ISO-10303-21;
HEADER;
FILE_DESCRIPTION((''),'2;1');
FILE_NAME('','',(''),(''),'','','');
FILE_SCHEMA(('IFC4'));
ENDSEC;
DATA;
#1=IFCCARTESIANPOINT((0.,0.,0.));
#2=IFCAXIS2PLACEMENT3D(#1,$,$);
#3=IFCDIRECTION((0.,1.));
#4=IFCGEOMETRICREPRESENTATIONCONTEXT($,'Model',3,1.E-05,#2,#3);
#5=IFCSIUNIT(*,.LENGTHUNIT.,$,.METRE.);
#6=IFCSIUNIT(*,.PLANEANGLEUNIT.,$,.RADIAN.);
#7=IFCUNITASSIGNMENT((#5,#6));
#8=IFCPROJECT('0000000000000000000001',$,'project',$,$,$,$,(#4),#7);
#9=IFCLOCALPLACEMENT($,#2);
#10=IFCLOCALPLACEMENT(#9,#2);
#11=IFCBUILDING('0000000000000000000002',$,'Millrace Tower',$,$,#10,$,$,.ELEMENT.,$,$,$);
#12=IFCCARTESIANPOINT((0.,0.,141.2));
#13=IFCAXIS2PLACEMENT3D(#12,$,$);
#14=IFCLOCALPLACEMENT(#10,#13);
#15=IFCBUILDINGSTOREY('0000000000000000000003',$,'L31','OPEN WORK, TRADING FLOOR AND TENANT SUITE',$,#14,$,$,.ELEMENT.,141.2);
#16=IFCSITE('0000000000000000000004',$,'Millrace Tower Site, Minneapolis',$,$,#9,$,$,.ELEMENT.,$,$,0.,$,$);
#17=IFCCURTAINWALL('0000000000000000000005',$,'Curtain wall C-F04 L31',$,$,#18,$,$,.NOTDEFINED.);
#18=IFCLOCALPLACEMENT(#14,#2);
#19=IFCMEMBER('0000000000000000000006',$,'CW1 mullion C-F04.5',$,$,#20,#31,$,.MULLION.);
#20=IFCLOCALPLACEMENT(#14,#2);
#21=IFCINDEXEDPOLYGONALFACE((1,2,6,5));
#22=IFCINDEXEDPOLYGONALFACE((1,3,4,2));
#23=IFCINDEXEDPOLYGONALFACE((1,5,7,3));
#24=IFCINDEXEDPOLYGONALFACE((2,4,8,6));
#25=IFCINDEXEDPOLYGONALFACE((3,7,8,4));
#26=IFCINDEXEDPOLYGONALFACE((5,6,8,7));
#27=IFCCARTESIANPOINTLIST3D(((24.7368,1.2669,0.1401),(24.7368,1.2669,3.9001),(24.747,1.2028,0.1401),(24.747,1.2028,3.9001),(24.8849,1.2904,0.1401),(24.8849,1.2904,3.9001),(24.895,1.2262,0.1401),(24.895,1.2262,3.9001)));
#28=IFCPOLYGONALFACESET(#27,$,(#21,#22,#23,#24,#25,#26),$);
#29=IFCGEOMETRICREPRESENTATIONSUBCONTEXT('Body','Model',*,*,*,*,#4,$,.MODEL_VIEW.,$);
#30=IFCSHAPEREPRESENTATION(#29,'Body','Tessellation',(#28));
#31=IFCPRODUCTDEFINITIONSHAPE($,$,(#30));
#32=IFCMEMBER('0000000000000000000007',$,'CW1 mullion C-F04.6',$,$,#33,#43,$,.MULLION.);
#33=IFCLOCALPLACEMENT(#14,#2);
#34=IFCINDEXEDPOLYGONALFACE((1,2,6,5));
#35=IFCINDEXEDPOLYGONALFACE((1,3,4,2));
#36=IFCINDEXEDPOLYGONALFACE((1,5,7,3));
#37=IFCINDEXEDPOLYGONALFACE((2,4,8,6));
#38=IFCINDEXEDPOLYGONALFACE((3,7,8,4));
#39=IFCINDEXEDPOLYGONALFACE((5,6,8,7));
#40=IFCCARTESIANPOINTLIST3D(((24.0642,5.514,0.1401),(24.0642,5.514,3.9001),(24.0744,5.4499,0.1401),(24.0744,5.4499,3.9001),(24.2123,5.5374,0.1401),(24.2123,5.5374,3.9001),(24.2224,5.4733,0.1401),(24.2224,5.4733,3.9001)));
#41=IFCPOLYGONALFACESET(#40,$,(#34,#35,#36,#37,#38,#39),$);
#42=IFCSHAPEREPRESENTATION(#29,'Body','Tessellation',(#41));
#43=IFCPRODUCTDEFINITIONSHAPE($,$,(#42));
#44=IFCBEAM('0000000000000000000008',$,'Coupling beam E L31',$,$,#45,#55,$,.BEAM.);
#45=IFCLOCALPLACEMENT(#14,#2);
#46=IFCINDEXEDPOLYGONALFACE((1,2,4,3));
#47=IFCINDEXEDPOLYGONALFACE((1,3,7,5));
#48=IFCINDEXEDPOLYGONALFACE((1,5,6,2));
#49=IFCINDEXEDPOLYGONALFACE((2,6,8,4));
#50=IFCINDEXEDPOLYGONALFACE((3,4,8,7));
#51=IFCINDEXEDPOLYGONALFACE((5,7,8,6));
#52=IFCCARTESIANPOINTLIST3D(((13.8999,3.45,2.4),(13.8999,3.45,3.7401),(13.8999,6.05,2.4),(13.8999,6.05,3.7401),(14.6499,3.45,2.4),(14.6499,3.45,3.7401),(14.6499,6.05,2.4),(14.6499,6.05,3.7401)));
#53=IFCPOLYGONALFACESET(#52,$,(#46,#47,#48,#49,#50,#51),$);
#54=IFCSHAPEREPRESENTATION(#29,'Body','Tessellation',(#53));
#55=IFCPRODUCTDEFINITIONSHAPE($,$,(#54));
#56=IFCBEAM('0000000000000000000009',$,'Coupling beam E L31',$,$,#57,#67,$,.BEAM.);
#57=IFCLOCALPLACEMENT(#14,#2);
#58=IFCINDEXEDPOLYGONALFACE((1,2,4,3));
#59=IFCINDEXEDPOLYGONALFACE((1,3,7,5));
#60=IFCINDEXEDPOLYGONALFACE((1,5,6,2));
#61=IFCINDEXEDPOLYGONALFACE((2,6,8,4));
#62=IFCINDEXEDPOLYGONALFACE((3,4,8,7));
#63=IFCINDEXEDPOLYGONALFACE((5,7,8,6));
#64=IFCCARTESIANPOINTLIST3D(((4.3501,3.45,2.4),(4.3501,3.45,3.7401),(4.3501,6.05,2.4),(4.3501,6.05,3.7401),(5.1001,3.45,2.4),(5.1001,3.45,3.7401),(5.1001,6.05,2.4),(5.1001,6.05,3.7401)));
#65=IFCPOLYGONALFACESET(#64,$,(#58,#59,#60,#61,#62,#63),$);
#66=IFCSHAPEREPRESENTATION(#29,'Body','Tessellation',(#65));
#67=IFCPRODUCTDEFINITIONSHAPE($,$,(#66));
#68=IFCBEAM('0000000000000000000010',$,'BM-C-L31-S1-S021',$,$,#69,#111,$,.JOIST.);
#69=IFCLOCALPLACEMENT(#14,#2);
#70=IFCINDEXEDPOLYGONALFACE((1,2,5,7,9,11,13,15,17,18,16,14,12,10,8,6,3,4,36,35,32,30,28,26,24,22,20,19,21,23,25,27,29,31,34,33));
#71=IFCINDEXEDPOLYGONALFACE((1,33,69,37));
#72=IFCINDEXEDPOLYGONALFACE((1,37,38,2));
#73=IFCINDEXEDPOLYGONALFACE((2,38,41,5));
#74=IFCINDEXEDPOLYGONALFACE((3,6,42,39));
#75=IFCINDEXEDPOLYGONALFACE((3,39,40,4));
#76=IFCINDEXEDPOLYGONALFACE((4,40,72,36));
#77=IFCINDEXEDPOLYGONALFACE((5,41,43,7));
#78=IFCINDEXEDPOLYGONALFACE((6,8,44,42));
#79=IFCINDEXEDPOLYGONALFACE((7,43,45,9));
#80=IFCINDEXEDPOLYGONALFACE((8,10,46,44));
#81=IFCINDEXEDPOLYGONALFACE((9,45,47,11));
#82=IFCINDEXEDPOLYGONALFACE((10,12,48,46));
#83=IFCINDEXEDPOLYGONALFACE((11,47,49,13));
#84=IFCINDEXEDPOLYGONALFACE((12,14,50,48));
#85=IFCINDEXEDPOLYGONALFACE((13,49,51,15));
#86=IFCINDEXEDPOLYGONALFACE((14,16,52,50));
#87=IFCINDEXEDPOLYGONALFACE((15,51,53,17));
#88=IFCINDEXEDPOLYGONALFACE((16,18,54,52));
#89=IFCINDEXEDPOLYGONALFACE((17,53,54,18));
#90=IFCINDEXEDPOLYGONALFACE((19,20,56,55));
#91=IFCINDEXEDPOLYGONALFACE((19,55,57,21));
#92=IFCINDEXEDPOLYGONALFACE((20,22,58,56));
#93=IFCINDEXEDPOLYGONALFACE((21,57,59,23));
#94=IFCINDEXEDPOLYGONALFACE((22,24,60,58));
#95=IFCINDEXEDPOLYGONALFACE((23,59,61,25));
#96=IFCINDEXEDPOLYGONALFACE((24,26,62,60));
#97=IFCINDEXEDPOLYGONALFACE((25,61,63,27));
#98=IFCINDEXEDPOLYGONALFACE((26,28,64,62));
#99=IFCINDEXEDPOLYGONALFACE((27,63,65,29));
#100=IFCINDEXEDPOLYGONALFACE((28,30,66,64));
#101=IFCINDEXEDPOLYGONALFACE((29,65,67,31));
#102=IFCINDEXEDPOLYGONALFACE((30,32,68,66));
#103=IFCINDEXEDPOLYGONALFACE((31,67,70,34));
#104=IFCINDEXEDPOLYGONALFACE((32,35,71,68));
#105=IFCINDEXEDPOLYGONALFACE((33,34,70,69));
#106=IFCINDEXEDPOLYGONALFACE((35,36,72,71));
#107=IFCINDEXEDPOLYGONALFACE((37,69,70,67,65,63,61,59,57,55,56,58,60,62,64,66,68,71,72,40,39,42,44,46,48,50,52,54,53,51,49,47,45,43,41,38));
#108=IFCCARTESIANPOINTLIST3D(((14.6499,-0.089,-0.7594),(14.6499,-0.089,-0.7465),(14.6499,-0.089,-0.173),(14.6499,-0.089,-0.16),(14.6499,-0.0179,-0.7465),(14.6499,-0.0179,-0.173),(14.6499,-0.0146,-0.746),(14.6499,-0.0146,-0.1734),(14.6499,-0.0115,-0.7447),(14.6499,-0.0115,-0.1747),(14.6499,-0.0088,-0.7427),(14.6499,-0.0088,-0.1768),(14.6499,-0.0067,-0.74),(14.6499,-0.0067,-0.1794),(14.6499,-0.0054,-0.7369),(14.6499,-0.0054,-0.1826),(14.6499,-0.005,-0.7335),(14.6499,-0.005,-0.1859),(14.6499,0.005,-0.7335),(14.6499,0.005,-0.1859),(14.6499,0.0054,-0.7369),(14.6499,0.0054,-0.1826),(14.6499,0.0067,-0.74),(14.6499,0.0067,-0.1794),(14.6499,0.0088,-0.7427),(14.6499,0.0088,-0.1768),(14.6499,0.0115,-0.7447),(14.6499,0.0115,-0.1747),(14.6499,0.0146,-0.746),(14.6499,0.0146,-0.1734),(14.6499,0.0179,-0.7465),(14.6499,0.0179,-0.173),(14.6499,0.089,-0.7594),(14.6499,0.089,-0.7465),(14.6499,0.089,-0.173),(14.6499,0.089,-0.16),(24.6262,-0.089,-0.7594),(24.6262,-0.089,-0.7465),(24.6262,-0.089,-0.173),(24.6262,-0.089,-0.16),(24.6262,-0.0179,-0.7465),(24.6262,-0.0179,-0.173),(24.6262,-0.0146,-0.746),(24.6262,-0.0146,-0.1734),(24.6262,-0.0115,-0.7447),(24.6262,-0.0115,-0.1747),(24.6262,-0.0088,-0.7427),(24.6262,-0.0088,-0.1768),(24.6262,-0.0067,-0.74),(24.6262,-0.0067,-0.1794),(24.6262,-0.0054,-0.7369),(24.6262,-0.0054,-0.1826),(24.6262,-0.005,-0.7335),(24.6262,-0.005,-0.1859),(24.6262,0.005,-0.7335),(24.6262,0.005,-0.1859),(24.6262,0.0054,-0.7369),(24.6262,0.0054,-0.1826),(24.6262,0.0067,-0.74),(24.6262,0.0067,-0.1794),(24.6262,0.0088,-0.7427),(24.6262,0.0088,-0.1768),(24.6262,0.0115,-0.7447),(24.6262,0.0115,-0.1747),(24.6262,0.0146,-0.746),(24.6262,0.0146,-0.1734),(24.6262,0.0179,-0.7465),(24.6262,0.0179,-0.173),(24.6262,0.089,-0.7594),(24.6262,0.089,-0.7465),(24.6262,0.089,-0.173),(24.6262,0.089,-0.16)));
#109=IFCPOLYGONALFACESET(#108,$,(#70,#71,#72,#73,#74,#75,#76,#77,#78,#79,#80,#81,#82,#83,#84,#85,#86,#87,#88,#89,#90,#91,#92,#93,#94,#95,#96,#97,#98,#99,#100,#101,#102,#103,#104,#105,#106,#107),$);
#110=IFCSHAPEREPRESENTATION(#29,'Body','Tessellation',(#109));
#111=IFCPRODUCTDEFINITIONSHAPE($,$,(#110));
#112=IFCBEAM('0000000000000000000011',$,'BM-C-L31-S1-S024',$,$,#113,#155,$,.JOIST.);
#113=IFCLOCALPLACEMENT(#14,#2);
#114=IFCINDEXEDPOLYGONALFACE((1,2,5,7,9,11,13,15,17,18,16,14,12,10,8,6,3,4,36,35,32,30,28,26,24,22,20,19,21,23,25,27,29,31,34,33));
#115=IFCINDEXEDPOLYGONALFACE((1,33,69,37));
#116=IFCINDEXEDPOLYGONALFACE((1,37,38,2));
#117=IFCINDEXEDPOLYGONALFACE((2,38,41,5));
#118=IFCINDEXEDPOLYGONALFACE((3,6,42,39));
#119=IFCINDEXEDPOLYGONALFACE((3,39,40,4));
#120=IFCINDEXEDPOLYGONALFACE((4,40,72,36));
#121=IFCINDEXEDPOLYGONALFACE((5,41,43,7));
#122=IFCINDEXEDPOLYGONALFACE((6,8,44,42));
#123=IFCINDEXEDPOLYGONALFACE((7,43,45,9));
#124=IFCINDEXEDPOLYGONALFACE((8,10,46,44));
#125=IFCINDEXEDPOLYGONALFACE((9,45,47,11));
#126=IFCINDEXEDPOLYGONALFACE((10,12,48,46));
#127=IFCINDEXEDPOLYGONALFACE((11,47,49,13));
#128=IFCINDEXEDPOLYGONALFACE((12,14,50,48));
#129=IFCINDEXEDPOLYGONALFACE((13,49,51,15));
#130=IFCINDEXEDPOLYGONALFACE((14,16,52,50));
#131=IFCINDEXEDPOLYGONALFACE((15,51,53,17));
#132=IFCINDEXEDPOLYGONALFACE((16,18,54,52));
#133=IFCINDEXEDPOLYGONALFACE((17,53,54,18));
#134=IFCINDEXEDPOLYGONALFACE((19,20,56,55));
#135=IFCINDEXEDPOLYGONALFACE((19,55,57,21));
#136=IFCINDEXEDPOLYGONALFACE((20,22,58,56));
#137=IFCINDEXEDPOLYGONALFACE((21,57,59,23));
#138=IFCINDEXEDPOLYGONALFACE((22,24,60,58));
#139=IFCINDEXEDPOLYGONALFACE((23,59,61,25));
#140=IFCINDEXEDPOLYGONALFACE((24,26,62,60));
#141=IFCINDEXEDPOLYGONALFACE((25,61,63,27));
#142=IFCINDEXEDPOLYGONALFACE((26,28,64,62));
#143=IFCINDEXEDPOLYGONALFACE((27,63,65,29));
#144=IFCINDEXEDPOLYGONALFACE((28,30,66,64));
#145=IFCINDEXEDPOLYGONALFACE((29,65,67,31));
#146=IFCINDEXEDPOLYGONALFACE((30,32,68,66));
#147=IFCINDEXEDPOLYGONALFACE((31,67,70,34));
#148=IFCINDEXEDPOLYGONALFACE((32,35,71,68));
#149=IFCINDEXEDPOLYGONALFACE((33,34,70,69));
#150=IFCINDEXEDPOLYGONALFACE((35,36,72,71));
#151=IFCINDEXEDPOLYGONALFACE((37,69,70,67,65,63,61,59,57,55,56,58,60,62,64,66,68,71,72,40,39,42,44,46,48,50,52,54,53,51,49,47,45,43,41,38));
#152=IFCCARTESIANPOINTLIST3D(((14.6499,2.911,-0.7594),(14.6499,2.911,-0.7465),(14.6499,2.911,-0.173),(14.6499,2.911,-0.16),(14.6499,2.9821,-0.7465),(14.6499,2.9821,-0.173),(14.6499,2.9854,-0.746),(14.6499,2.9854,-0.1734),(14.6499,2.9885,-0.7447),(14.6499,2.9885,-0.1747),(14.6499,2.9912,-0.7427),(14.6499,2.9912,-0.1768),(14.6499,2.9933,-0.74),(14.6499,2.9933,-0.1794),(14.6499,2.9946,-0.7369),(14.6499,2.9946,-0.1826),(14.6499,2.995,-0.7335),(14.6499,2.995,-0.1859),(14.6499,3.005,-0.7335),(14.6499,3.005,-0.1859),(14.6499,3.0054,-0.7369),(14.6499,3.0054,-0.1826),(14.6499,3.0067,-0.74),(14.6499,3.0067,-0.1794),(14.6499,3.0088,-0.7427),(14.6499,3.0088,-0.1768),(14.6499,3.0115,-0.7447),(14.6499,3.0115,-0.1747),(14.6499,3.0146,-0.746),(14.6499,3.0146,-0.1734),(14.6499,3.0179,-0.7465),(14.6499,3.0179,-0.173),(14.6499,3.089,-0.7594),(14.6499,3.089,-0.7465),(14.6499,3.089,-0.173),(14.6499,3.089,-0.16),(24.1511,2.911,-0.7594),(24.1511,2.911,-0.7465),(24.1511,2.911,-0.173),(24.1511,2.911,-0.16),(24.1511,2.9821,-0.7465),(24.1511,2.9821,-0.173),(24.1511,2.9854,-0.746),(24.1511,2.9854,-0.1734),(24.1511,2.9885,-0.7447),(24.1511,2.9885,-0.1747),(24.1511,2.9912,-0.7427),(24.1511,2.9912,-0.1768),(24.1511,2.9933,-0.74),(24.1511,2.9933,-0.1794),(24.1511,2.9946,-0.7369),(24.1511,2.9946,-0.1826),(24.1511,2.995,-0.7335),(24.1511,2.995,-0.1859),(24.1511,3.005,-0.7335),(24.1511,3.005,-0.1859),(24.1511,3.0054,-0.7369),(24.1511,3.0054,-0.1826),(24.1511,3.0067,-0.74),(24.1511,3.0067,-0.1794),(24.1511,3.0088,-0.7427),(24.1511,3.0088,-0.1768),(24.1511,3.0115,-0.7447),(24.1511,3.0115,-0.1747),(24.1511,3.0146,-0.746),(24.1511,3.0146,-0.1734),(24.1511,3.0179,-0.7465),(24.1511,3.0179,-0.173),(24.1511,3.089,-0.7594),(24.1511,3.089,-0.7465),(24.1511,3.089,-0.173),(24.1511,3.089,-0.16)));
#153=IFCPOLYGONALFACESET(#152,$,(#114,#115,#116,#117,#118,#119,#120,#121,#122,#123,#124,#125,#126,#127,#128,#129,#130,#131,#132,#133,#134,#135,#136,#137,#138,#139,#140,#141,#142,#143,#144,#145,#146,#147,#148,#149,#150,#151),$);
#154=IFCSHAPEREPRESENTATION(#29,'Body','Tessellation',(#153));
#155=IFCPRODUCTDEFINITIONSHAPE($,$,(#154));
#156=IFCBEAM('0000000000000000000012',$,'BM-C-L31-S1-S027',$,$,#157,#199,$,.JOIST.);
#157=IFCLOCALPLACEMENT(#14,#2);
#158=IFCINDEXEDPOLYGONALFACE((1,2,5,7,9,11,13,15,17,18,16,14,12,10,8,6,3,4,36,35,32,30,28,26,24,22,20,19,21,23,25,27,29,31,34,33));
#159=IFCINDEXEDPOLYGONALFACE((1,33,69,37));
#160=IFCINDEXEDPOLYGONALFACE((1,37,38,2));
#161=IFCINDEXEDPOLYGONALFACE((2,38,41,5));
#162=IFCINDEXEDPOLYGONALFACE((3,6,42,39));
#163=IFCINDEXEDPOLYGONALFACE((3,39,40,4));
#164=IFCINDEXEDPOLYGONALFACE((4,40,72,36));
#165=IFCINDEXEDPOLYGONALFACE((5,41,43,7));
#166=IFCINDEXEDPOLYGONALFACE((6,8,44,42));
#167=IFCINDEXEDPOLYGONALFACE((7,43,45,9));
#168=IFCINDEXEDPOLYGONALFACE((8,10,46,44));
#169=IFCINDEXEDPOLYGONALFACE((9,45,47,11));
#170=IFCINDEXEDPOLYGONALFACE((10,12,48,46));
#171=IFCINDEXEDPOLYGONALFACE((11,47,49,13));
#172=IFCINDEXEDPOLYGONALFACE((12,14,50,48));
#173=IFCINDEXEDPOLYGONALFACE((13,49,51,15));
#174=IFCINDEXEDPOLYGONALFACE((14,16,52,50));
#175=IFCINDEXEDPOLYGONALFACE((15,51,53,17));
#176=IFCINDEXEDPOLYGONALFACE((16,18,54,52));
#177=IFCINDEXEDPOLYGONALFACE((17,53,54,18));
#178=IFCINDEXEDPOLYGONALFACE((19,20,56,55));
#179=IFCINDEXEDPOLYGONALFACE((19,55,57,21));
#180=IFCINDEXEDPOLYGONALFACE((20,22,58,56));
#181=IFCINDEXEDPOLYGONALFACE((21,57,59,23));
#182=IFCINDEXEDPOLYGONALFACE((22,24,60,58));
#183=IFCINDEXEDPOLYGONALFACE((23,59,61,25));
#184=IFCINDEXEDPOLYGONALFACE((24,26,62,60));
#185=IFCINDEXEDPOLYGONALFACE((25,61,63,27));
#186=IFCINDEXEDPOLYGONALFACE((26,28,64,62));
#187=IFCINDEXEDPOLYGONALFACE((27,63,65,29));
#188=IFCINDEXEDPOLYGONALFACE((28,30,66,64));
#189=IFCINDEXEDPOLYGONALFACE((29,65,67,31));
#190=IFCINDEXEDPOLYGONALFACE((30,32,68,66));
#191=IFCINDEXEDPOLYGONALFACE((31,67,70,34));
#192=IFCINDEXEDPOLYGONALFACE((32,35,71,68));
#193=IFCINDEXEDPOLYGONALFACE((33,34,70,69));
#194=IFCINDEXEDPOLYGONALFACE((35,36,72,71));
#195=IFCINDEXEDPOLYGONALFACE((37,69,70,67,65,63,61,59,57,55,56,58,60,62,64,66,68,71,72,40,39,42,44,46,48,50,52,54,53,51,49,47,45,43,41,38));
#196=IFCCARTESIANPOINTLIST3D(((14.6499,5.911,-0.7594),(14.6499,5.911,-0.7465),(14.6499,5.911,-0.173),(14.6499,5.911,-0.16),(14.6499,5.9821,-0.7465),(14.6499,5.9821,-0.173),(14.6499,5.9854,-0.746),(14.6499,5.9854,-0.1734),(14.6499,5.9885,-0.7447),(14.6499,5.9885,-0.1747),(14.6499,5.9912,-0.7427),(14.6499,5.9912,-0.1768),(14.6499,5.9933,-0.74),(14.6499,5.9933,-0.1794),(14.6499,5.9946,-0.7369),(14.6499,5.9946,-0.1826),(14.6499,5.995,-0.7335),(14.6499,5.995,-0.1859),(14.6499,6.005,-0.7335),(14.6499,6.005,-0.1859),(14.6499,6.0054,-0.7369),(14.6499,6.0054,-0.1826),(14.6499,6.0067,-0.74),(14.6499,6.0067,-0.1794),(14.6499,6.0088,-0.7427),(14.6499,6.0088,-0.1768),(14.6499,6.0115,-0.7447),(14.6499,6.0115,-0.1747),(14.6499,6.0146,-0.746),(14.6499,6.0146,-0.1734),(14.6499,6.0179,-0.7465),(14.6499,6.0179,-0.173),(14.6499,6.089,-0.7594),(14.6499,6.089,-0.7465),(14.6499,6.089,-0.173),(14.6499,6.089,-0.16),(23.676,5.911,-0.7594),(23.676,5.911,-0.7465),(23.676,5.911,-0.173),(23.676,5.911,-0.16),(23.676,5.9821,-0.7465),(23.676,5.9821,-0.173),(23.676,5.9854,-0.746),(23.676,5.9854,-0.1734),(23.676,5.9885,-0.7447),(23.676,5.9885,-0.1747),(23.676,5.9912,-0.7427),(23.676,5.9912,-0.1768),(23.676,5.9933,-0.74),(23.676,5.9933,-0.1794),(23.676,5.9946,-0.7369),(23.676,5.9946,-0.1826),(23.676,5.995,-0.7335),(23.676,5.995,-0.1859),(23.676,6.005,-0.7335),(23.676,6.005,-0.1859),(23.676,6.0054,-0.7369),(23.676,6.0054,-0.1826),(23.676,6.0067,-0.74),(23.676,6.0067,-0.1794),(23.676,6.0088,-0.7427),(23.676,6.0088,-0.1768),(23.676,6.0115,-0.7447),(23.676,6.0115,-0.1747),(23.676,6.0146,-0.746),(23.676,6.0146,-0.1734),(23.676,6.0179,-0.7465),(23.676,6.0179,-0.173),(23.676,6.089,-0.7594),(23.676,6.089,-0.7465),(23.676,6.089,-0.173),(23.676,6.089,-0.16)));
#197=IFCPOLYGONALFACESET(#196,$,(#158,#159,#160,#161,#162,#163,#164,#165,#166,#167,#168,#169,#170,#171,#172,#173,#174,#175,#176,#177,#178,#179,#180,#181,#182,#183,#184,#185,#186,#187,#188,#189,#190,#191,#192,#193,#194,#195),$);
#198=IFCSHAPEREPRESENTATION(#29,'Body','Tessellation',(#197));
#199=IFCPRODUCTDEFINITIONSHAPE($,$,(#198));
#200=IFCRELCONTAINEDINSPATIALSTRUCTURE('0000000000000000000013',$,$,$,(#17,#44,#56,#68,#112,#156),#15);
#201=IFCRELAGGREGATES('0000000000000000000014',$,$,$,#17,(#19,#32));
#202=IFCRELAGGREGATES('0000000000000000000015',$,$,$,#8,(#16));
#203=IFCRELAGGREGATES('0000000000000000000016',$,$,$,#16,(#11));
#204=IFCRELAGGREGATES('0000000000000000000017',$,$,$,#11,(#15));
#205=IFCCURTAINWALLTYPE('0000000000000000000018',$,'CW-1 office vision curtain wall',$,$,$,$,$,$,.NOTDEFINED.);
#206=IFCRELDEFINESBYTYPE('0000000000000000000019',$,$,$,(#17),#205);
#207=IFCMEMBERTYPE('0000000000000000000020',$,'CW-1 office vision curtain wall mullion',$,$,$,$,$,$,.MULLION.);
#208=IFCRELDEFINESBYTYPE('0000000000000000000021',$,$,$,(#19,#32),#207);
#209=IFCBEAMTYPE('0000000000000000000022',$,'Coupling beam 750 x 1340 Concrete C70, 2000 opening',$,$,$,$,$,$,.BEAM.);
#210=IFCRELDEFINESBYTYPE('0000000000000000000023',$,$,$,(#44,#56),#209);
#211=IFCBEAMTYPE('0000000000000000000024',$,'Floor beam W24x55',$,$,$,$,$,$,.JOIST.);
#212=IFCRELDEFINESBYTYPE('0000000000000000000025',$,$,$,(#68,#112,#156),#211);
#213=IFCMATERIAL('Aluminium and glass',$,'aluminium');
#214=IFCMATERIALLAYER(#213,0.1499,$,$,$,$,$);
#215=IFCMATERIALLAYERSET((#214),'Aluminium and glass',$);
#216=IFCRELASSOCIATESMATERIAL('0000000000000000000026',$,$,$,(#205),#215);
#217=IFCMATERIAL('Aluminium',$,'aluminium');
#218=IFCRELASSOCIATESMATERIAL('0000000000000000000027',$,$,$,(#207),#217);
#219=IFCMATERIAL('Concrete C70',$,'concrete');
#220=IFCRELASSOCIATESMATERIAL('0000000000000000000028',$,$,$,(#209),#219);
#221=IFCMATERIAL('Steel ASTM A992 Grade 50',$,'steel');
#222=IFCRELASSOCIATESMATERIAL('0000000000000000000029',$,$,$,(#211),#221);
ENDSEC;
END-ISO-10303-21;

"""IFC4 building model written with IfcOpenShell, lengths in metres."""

from ifc_helpers import new_model, si_unit, direction, frame, origin, origin_2d, place, context, subcontext, project, spatial, rectangle, i_section, extrude, material, layer, layer_set, material_profile, profile_set, type_object, element, aggregate, save


model = new_model("IFC4")

# Units and contexts
model_context = context("Model", 3, precision=1e-05, world=origin(), true_north=direction((0.0, 1.0)))
body_context = subcontext(model_context, "Body", "Model", "MODEL_VIEW")
ifc_project = project(units=[si_unit("LENGTHUNIT", "METRE"), si_unit("PLANEANGLEUNIT", "RADIAN")], contexts=[model_context])

# Site, building, storey
site_placement = place(None, origin())
site = spatial("IfcSite", under=ifc_project, at=site_placement, Name="Millrace Tower Site, Minneapolis", CompositionType="ELEMENT", RefElevation=0.0)
building_placement = place(site_placement, origin())
building = spatial("IfcBuilding", under=site, at=building_placement, Name="Millrace Tower", CompositionType="ELEMENT")
storey_placement = place(building_placement, frame((0.0, 0.0, 141.2)))
storey = spatial("IfcBuildingStorey", under=building, at=storey_placement, Name="L31", Description="OPEN WORK, TRADING FLOOR AND TENANT SUITE", CompositionType="ELEMENT", Elevation=141.2)

# Curtain wall, members
ifc_material_1 = material(Name="Aluminium and glass", Category="aluminium")
ifc_layer_1 = layer(ifc_material_1, 0.1499)
ifc_layer_set_1 = layer_set([ifc_layer_1], Name="Aluminium and glass")
curtain_wall_type = type_object("IfcCurtainWallType", Name="CW-1 office vision curtain wall", PredefinedType="NOTDEFINED", material=ifc_layer_set_1)
curtain_wall_placement = place(storey_placement, origin())
curtain_wall = element("IfcCurtainWall", 1, at=curtain_wall_placement, inside=storey, type_object=curtain_wall_type, Name="Curtain wall C-F04 L31", PredefinedType="NOTDEFINED")
ifc_material_2 = material(Name="Aluminium", Category="aluminium")
ifc_material_profile_1 = material_profile(ifc_material_2, rectangle(XDim=0.0649, YDim=0.1499, at=origin_2d()))
ifc_profile_set_1 = profile_set([ifc_material_profile_1], Name="Aluminium")
member_type = type_object("IfcMemberType", Name="CW-1 office vision curtain wall mullion", PredefinedType="MULLION", material=ifc_profile_set_1)
member_1_placement = place(storey_placement, frame((24.8159, 1.2466, 0.1401), z_axis=(0.0, 0.0, 1.0), x_axis=(-0.156434, 0.987688, 0.0)))
member_1 = element("IfcMember", 2, at=member_1_placement, type_object=member_type, Name="CW1 mullion C-F04.5", PredefinedType="MULLION", context=body_context, shape_type="SweptSolid", body=[
    extrude(rectangle(XDim=0.0649, YDim=0.1499, at=origin_2d()), origin(), (0.0, 0.0, 1.0), 3.76),
])
member_2_placement = place(storey_placement, frame((24.1433, 5.4937, 0.1401), z_axis=(0.0, 0.0, 1.0), x_axis=(-0.156434, 0.987688, 0.0)))
member_2 = element("IfcMember", 3, at=member_2_placement, type_object=member_type, Name="CW1 mullion C-F04.6", PredefinedType="MULLION", context=body_context, shape_type="SweptSolid", body=[
    extrude(rectangle(XDim=0.0649, YDim=0.1499, at=origin_2d()), origin(), (0.0, 0.0, 1.0), 3.76),
])
aggregate(curtain_wall, [member_1, member_2])

# Beams
ifc_material_3 = material(Name="Concrete C70", Category="concrete")
ifc_material_profile_2 = material_profile(ifc_material_3, rectangle(XDim=0.75, YDim=1.3401, at=origin_2d()))
ifc_profile_set_2 = profile_set([ifc_material_profile_2], Name="Concrete C70")
beam_type_1 = type_object("IfcBeamType", Name="Coupling beam 750 x 1340 Concrete C70, 2000 opening", PredefinedType="BEAM", material=ifc_profile_set_2)
for number, where, z_axis, x_axis, name in (
    (4, (14.2749, 6.05, 3.0701), (0.0, -1.0, 0.0), (1.0, 0.0, 0.0), "Coupling beam E L31"),
    (5, (4.7251, 6.05, 3.0701), (0.0, -1.0, 0.0), (1.0, 0.0, 0.0), "Coupling beam E L31"),
):
    element("IfcBeam", number, at=place(storey_placement, frame(where, z_axis=z_axis, x_axis=x_axis)), inside=storey, type_object=beam_type_1, Name=name, PredefinedType="BEAM", context=body_context, shape_type="SweptSolid", body=[
        extrude(rectangle(XDim=0.75, YDim=1.3401, at=origin_2d()), origin(), (0.0, 0.0, 1.0), 2.6001),
    ])
ifc_material_4 = material(Name="Steel ASTM A992 Grade 50", Category="steel")
ifc_material_profile_3 = material_profile(ifc_material_4, i_section(OverallWidth=0.178, OverallDepth=0.5994, WebThickness=0.01, FlangeThickness=0.0129, FilletRadius=0.0129, at=origin_2d()))
ifc_profile_set_3 = profile_set([ifc_material_profile_3], Name="Steel ASTM A992 Grade 50")
beam_type_2 = type_object("IfcBeamType", Name="Floor beam W24x55", PredefinedType="JOIST", material=ifc_profile_set_3)
beam_1_placement = place(storey_placement, frame((14.6499, 0.0, -0.4597), z_axis=(1.0, 0.0, 0.0), x_axis=(0.0, 1.0, 0.0)))
element("IfcBeam", 6, at=beam_1_placement, inside=storey, type_object=beam_type_2, Name="BM-C-L31-S1-S021", PredefinedType="JOIST", context=body_context, shape_type="SweptSolid", body=[
    extrude(i_section(OverallWidth=0.178, OverallDepth=0.5994, WebThickness=0.01, FlangeThickness=0.0129, FilletRadius=0.0129, at=origin_2d()), origin(), (0.0, 0.0, 1.0), 9.9763),
])
beam_2_placement = place(storey_placement, frame((14.6499, 3.0, -0.4597), z_axis=(1.0, 0.0, 0.0), x_axis=(0.0, 1.0, 0.0)))
element("IfcBeam", 7, at=beam_2_placement, inside=storey, type_object=beam_type_2, Name="BM-C-L31-S1-S024", PredefinedType="JOIST", context=body_context, shape_type="SweptSolid", body=[
    extrude(i_section(OverallWidth=0.178, OverallDepth=0.5994, WebThickness=0.01, FlangeThickness=0.0129, FilletRadius=0.0129, at=origin_2d()), origin(), (0.0, 0.0, 1.0), 9.5012),
])
beam_3_placement = place(storey_placement, frame((14.6499, 6.0, -0.4597), z_axis=(1.0, 0.0, 0.0), x_axis=(0.0, 1.0, 0.0)))
element("IfcBeam", 8, at=beam_3_placement, inside=storey, type_object=beam_type_2, Name="BM-C-L31-S1-S027", PredefinedType="JOIST", context=body_context, shape_type="SweptSolid", body=[
    extrude(i_section(OverallWidth=0.178, OverallDepth=0.5994, WebThickness=0.01, FlangeThickness=0.0129, FilletRadius=0.0129, at=origin_2d()), origin(), (0.0, 0.0, 1.0), 9.0261),
])

save(model, "model.ifc")
